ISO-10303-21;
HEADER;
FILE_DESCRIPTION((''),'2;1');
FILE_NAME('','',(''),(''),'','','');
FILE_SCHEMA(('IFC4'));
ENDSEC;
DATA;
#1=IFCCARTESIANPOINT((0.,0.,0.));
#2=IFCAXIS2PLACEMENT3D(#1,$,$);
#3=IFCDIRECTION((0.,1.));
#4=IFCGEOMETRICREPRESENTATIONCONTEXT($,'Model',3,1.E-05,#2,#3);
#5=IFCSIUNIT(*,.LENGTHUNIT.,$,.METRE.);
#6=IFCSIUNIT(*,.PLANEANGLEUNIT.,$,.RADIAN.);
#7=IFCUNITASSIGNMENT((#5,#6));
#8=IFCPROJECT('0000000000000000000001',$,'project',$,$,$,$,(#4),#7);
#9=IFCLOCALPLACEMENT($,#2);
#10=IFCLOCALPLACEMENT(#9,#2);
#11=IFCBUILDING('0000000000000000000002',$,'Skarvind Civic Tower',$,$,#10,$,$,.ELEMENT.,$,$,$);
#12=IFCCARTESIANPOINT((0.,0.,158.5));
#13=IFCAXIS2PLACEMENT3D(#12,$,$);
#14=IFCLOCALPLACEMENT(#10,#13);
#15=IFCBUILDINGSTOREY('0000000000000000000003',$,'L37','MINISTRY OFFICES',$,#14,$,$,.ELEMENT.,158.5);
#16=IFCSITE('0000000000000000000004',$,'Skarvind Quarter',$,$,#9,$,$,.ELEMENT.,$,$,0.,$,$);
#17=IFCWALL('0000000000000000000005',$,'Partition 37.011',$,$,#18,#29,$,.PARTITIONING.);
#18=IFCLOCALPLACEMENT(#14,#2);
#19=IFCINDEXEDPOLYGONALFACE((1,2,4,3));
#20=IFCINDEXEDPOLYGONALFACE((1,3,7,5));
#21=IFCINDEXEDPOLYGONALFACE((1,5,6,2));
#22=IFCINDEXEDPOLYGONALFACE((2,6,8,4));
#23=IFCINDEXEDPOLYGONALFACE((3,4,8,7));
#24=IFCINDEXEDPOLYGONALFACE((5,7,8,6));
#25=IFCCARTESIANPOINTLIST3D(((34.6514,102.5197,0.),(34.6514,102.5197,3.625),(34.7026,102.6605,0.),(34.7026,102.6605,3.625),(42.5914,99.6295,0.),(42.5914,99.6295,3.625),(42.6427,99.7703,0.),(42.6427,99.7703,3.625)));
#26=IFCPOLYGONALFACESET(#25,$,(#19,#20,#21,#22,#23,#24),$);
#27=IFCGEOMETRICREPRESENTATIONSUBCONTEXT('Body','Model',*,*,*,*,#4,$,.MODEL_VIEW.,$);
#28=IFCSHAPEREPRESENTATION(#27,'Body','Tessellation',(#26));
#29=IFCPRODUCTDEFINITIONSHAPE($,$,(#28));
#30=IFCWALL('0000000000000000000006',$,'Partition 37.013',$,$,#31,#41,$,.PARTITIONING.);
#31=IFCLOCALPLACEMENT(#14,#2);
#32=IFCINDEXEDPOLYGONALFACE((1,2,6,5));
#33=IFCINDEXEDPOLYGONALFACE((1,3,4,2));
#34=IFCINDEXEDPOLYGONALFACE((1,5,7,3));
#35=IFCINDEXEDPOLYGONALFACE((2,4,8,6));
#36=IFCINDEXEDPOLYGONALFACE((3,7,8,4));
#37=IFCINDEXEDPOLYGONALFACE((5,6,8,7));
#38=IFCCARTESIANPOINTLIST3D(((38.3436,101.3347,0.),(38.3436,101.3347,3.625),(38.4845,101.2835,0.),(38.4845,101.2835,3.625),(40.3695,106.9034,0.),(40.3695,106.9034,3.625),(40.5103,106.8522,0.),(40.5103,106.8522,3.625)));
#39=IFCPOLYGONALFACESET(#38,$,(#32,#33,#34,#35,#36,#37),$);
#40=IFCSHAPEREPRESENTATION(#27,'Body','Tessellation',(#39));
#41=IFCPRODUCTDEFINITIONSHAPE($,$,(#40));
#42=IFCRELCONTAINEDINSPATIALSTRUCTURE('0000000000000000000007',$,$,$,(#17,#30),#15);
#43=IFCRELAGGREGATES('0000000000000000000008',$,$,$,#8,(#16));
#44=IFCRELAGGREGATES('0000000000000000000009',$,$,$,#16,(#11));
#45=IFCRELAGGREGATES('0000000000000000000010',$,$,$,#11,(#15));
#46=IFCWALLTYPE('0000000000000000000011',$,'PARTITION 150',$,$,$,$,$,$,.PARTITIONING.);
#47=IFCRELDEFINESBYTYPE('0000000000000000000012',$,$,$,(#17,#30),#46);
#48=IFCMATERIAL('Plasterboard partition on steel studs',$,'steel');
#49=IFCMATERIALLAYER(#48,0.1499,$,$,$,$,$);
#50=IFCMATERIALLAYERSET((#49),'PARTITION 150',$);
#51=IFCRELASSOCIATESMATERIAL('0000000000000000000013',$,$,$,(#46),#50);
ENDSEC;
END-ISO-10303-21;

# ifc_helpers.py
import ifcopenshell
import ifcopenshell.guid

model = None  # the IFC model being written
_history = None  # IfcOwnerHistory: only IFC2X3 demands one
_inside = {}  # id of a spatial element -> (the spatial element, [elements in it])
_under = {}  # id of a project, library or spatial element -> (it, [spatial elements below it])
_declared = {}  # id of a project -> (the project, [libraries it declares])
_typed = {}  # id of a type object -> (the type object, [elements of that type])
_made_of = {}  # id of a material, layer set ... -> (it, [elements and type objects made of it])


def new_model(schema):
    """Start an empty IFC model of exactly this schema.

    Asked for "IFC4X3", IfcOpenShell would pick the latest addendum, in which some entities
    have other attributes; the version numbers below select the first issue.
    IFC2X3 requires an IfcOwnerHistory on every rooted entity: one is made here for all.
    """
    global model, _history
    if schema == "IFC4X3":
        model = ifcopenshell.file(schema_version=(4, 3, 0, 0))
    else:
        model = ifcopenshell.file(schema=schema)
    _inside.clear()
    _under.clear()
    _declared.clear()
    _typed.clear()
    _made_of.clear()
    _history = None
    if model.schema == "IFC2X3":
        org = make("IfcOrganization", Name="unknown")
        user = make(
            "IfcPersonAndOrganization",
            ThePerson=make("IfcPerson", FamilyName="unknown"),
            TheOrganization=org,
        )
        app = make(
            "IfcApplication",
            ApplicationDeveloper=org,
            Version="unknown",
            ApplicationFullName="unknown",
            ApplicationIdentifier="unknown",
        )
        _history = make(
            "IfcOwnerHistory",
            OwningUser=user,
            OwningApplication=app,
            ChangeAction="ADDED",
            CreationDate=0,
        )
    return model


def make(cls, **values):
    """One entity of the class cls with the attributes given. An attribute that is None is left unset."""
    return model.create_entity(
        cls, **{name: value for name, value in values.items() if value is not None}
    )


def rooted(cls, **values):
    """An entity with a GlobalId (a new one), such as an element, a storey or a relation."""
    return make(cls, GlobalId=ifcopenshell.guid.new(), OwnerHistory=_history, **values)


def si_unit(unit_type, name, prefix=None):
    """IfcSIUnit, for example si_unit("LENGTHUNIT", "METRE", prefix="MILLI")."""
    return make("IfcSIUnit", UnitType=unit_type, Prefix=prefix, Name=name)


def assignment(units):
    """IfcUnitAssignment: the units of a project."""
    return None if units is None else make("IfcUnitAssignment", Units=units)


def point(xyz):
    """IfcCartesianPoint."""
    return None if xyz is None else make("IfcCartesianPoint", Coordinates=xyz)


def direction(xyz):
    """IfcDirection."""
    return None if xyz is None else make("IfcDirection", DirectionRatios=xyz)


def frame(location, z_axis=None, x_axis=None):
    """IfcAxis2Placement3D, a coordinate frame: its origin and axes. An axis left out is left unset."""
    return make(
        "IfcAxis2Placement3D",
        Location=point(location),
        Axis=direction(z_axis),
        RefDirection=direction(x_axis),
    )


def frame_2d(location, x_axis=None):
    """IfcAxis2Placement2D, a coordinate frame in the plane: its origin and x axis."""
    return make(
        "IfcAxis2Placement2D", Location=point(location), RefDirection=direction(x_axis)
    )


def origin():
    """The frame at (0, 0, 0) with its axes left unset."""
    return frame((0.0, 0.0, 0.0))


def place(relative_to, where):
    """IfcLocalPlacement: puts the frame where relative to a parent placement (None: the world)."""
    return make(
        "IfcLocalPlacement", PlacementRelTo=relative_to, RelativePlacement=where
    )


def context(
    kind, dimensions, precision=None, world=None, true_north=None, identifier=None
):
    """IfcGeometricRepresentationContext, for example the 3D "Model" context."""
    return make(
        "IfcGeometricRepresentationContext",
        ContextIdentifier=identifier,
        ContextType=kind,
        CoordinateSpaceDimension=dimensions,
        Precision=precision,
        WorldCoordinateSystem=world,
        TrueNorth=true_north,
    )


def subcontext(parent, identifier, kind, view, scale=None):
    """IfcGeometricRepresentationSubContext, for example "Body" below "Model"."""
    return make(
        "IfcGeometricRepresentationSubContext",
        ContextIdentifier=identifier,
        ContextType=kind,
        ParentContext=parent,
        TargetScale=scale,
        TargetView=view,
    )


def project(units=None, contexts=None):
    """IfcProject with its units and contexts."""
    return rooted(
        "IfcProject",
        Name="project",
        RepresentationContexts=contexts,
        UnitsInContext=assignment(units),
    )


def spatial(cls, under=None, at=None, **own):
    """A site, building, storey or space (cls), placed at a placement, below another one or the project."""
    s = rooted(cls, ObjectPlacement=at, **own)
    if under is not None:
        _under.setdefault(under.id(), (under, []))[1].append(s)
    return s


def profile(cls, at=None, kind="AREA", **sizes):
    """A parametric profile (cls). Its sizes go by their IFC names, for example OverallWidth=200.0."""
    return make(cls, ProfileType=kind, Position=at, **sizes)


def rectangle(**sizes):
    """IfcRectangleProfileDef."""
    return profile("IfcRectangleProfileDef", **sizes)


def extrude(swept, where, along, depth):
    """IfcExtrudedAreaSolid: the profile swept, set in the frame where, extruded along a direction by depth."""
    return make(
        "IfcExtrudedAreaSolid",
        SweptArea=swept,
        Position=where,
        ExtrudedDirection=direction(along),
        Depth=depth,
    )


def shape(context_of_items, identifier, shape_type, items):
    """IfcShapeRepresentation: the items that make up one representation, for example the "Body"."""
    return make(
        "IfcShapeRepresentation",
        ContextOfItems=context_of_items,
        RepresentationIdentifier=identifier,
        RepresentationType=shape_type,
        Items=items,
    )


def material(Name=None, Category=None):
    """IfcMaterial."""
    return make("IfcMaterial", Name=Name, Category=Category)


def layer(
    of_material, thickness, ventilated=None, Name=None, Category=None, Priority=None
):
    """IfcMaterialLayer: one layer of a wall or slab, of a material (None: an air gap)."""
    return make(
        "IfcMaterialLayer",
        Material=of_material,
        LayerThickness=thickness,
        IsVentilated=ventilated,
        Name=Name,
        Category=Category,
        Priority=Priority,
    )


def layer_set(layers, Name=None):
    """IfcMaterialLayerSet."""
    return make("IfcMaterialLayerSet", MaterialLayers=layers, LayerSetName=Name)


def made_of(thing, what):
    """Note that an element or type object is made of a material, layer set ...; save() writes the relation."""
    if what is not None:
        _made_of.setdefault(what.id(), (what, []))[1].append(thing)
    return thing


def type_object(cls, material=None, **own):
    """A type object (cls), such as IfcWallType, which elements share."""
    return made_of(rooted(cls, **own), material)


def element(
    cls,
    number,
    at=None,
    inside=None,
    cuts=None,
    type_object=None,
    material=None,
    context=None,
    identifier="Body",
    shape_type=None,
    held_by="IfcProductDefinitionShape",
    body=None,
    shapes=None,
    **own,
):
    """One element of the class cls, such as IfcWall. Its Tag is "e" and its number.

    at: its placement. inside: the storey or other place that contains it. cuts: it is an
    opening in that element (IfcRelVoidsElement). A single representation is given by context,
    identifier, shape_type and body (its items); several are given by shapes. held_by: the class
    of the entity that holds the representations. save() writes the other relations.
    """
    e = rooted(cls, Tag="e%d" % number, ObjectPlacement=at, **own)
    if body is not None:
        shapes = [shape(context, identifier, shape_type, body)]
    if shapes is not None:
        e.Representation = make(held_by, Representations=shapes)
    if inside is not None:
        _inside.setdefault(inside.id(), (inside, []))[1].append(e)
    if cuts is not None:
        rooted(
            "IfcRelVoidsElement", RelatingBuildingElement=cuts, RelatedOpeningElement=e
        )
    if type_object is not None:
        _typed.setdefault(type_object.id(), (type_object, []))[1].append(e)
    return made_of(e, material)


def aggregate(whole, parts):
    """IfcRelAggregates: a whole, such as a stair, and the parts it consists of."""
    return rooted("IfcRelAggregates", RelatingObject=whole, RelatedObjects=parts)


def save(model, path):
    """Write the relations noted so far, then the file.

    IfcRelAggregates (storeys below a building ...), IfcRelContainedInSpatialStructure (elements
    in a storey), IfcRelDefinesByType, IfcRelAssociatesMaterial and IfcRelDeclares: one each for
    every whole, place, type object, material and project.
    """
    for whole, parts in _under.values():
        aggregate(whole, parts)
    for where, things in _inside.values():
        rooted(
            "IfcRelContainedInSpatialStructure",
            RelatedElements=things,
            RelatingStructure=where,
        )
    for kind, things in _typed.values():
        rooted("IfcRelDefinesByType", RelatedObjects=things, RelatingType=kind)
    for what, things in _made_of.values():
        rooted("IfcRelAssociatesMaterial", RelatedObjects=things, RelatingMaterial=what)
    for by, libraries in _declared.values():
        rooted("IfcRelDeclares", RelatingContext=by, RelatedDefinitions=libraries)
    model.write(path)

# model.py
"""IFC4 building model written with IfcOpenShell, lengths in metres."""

from ifc_helpers import new_model, si_unit, direction, frame, frame_2d, origin, place, context, subcontext, project, spatial, rectangle, extrude, material, layer, layer_set, type_object, element, save


model = new_model("IFC4")

# Units and contexts
model_context = context("Model", 3, precision=1e-05, world=origin(), true_north=direction((0.0, 1.0)))
body_context = subcontext(model_context, "Body", "Model", "MODEL_VIEW")
ifc_project = project(units=[si_unit("LENGTHUNIT", "METRE"), si_unit("PLANEANGLEUNIT", "RADIAN")], contexts=[model_context])

# Site, building, storey
site_placement = place(None, origin())
site = spatial("IfcSite", under=ifc_project, at=site_placement, Name="Skarvind Quarter", CompositionType="ELEMENT", RefElevation=0.0)
building_placement = place(site_placement, origin())
building = spatial("IfcBuilding", under=site, at=building_placement, Name="Skarvind Civic Tower", CompositionType="ELEMENT")
storey_placement = place(building_placement, frame((0.0, 0.0, 158.5)))
storey = spatial("IfcBuildingStorey", under=building, at=storey_placement, Name="L37", Description="MINISTRY OFFICES", CompositionType="ELEMENT", Elevation=158.5)

# Walls
ifc_material_1 = material(Name="Plasterboard partition on steel studs", Category="steel")
ifc_layer_1 = layer(ifc_material_1, 0.1499)
ifc_layer_set_1 = layer_set([ifc_layer_1], Name="PARTITION 150")
wall_type_1 = type_object("IfcWallType", Name="PARTITION 150", PredefinedType="PARTITIONING", material=ifc_layer_set_1)
wall_1_placement = place(storey_placement, frame((34.677, 102.5901, 0.0), z_axis=(0.0, 0.0, 1.0), x_axis=(0.939684, -0.342045, 0.0)))
element("IfcWall", 1, at=wall_1_placement, inside=storey, type_object=wall_type_1, Name="Partition 37.011", PredefinedType="PARTITIONING", context=body_context, shape_type="SweptSolid", body=[
    extrude(rectangle(XDim=8.4497, YDim=0.1499, at=frame_2d((4.2249, 0.0))), origin(), (0.0, 0.0, 1.0), 3.625),
])
wall_2_placement = place(storey_placement, frame((38.4141, 101.3091, 0.0), z_axis=(0.0, 0.0, 1.0), x_axis=(0.341869, 0.939748, 0.0)))
element("IfcWall", 2, at=wall_2_placement, inside=storey, type_object=wall_type_1, Name="Partition 37.013", PredefinedType="PARTITIONING", context=body_context, shape_type="SweptSolid", body=[
    extrude(rectangle(XDim=5.9258, YDim=0.1499, at=frame_2d((2.9629, 0.0))), origin(), (0.0, 0.0, 1.0), 3.625),
])

save(model, "model.ifc")
